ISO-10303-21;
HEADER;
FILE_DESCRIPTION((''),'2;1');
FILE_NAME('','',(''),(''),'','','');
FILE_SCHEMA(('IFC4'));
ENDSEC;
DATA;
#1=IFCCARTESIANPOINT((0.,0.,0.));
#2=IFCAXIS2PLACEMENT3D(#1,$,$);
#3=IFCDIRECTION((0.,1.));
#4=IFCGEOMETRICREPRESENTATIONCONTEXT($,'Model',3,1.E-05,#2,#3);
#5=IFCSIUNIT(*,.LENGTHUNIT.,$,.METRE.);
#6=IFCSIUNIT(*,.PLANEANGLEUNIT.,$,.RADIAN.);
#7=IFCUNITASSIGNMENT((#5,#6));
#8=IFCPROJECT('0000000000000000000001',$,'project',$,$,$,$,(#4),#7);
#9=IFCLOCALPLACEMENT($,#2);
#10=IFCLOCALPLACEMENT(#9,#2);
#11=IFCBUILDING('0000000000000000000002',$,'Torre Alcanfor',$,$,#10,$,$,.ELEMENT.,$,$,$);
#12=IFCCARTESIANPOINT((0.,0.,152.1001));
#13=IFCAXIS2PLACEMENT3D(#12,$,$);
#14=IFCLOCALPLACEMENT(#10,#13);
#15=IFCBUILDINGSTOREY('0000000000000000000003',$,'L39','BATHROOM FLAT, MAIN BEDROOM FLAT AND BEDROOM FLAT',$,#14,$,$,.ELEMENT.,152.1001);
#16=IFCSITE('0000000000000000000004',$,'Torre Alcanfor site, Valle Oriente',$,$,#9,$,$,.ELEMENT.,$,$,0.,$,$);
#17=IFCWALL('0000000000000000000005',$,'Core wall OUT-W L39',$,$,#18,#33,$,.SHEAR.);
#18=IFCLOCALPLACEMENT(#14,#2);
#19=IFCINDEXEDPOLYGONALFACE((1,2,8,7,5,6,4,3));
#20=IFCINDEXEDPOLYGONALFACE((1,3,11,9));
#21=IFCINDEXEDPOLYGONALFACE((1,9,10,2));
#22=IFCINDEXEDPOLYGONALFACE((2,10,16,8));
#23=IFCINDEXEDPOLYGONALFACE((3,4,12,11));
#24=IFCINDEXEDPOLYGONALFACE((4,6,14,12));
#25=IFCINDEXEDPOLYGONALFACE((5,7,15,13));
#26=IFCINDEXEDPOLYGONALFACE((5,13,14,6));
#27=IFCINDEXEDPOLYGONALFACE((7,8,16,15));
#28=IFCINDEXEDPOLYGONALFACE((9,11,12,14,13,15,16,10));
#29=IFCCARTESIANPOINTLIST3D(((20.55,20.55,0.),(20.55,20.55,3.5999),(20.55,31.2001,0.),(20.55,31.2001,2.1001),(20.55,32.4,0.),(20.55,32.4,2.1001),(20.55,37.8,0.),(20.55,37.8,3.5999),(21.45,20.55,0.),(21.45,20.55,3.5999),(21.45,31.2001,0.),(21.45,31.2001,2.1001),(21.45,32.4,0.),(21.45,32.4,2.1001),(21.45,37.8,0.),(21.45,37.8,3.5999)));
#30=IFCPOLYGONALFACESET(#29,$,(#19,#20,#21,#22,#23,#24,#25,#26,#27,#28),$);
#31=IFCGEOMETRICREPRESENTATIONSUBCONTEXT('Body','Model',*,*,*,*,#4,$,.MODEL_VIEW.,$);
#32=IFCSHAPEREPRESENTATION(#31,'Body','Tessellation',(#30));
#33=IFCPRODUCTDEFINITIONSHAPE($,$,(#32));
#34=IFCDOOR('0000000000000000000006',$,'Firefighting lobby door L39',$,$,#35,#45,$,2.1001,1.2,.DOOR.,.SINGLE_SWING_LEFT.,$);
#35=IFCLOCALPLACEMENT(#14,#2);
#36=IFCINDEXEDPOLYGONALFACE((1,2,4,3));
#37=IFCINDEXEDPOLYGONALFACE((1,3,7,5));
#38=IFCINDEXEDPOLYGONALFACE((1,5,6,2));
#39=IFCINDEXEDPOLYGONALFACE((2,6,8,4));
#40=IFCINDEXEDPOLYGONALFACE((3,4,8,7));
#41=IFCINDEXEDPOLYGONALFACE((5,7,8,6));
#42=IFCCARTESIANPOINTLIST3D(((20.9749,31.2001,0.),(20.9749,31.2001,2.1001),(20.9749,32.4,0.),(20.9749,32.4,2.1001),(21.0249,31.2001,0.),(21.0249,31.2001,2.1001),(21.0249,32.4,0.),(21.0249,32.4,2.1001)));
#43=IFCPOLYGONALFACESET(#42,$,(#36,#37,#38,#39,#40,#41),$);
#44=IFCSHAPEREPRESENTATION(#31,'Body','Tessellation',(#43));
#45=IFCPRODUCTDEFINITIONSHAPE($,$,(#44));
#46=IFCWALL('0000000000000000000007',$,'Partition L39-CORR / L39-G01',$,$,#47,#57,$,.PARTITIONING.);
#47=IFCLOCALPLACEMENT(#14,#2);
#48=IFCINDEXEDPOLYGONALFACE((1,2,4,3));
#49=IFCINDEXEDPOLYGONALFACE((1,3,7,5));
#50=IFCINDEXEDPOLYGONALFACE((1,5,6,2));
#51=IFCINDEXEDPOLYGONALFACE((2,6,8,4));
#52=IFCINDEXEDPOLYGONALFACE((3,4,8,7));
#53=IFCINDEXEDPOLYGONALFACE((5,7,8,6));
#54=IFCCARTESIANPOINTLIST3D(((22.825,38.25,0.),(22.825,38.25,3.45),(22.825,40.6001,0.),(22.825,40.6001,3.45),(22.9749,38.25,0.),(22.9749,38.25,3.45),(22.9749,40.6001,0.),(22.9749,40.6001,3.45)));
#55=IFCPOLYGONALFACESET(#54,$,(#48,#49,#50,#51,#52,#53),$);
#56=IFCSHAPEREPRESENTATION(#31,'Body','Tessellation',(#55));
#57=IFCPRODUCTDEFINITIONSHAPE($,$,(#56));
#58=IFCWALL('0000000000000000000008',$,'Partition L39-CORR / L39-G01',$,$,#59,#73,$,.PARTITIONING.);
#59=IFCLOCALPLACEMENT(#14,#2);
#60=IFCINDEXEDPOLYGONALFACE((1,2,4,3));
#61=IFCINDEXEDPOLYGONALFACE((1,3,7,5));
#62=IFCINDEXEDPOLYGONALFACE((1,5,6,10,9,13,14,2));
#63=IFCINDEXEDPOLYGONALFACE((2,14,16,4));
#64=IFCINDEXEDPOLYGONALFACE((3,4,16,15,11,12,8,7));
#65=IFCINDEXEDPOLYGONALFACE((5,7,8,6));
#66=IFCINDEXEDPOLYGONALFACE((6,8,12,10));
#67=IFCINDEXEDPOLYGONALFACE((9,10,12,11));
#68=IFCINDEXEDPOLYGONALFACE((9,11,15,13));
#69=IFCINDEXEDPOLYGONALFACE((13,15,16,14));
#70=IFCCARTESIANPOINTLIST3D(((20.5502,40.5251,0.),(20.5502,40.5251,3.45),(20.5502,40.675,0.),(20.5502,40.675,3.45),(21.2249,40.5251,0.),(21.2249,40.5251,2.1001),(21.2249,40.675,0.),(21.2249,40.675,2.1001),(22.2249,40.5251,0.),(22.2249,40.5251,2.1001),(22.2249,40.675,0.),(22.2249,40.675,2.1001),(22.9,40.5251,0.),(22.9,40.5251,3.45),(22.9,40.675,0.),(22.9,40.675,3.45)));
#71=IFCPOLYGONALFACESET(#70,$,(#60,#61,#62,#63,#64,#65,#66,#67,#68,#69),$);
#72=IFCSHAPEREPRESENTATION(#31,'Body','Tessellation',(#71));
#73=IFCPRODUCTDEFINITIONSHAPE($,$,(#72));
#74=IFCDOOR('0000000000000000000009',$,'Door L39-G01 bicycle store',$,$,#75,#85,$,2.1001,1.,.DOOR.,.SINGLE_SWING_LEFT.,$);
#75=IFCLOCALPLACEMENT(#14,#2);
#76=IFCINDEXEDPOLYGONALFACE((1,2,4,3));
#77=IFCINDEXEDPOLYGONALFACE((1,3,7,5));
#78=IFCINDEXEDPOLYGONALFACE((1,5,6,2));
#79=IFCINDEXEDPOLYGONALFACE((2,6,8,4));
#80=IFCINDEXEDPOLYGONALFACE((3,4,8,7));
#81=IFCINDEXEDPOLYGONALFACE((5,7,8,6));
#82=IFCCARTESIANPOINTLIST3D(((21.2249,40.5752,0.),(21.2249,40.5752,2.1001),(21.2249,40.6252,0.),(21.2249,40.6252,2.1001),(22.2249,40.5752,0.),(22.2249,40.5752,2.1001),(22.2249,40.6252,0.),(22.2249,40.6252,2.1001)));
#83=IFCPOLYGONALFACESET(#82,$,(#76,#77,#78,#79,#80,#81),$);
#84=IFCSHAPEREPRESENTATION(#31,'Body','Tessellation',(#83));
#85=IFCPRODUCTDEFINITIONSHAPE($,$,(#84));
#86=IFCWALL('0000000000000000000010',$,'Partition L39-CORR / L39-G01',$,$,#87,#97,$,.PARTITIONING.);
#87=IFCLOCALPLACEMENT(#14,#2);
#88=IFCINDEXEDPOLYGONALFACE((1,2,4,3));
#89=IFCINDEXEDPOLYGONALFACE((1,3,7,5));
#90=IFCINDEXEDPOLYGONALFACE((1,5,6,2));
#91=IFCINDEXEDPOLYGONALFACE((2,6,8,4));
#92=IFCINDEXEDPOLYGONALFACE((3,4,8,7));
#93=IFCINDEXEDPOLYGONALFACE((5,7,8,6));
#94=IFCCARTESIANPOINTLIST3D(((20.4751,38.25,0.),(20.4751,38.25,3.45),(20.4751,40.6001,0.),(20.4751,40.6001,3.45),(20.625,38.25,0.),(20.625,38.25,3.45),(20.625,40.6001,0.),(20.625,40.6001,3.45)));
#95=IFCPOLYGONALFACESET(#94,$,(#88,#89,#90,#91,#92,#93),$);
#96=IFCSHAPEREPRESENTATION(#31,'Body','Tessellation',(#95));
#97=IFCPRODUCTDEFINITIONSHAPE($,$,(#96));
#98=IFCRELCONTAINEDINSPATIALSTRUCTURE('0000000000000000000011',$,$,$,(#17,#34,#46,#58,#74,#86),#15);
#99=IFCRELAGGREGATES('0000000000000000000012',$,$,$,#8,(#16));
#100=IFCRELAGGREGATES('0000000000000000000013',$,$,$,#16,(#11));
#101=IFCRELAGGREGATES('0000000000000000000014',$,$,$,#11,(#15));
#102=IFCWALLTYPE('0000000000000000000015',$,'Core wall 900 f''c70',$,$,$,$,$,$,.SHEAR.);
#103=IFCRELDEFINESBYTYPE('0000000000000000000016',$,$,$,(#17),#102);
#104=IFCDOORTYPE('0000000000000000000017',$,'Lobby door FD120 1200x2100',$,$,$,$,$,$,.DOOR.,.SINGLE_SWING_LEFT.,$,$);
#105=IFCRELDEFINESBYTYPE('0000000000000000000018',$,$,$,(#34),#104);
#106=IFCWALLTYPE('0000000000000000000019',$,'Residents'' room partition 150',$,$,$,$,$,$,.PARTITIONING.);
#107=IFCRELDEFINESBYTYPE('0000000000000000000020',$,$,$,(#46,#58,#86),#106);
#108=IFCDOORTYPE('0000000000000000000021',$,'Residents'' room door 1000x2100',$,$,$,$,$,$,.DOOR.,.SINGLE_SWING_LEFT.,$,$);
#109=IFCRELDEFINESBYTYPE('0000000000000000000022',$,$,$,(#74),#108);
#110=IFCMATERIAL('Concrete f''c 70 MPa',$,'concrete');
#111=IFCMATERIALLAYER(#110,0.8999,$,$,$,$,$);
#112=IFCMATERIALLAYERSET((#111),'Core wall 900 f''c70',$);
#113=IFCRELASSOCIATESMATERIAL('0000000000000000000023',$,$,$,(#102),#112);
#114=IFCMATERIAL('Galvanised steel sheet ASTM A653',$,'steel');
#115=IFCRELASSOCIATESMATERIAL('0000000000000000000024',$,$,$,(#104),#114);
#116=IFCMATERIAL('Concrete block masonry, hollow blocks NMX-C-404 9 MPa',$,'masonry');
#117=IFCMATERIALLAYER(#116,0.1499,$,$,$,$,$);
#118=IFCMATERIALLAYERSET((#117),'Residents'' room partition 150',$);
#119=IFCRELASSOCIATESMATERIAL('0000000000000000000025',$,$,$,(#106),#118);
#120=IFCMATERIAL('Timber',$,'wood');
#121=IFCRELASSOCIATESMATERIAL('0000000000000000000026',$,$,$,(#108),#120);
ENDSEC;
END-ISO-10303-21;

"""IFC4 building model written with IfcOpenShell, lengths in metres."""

from ifc_helpers import new_model, si_unit, direction, frame, frame_2d, origin, place, context, subcontext, project, spatial, rectangle, extrude, material, layer, layer_set, type_object, element, fill, save


model = new_model("IFC4")

# Units and contexts
model_context = context("Model", 3, precision=1e-05, world=origin(), true_north=direction((0.0, 1.0)))
body_context = subcontext(model_context, "Body", "Model", "MODEL_VIEW")
ifc_project = project(units=[si_unit("LENGTHUNIT", "METRE"), si_unit("PLANEANGLEUNIT", "RADIAN")], contexts=[model_context])

# Site, building, storey
site_placement = place(None, origin())
site = spatial("IfcSite", under=ifc_project, at=site_placement, Name="Torre Alcanfor site, Valle Oriente", CompositionType="ELEMENT", RefElevation=0.0)
building_placement = place(site_placement, origin())
building = spatial("IfcBuilding", under=site, at=building_placement, Name="Torre Alcanfor", CompositionType="ELEMENT")
storey_placement = place(building_placement, frame((0.0, 0.0, 152.1001)))
storey = spatial("IfcBuildingStorey", under=building, at=storey_placement, Name="L39", Description="BATHROOM FLAT, MAIN BEDROOM FLAT AND BEDROOM FLAT", CompositionType="ELEMENT", Elevation=152.1001)

# Wall, opening, door
ifc_material_1 = material(Name="Concrete f'c 70 MPa", Category="concrete")
ifc_layer_1 = layer(ifc_material_1, 0.8999)
ifc_layer_set_1 = layer_set([ifc_layer_1], Name="Core wall 900 f'c70")
wall_type_1 = type_object("IfcWallType", Name="Core wall 900 f'c70", PredefinedType="SHEAR", material=ifc_layer_set_1)
wall_1_placement = place(storey_placement, frame((21.0, 37.8, 0.0), z_axis=(0.0, 0.0, 1.0), x_axis=(0.0, -1.0, 0.0)))
wall_1 = element("IfcWall", 1, at=wall_1_placement, inside=storey, type_object=wall_type_1, Name="Core wall OUT-W L39", PredefinedType="SHEAR", context=body_context, shape_type="SweptSolid", body=[
    extrude(rectangle(XDim=17.25, YDim=0.8999, at=frame_2d((8.625, 0.0))), origin(), (0.0, 0.0, 1.0), 3.5999),
])
opening_1_placement = place(wall_1_placement, frame((5.3999, 0.0, 0.0)))
opening_1 = element("IfcOpeningElement", 2, at=opening_1_placement, cuts=wall_1, PredefinedType="OPENING", context=body_context, shape_type="SweptSolid", body=[
    extrude(rectangle(XDim=1.2, YDim=2.1001, at=frame_2d((0.6001, 1.05))), frame((0.0, 0.46, 0.0), z_axis=(0.0, -1.0, 0.0), x_axis=(1.0, 0.0, 0.0)), (0.0, 0.0, 1.0), 0.9199),
])
ifc_material_2 = material(Name="Galvanised steel sheet ASTM A653", Category="steel")
door_type_1 = type_object("IfcDoorType", Name="Lobby door FD120 1200x2100", OperationType="SINGLE_SWING_LEFT", PredefinedType="DOOR", material=ifc_material_2)
door_1_placement = place(opening_1_placement, origin())
door_1 = element("IfcDoor", 3, at=door_1_placement, inside=storey, type_object=door_type_1, Name="Firefighting lobby door L39", OperationType="SINGLE_SWING_LEFT", OverallHeight=2.1001, OverallWidth=1.2, PredefinedType="DOOR", context=body_context, shape_type="SweptSolid", body=[
    extrude(rectangle(XDim=1.2, YDim=2.1001, at=frame_2d((0.6001, 1.05))), frame((0.0, 0.0249, 0.0), z_axis=(0.0, -1.0, 0.0), x_axis=(1.0, 0.0, 0.0)), (0.0, 0.0, 1.0), 0.05),
])
fill(opening_1, door_1)

# Wall
ifc_material_3 = material(Name="Concrete block masonry, hollow blocks NMX-C-404 9 MPa", Category="masonry")
ifc_layer_2 = layer(ifc_material_3, 0.1499)
ifc_layer_set_2 = layer_set([ifc_layer_2], Name="Residents' room partition 150")
wall_type_2 = type_object("IfcWallType", Name="Residents' room partition 150", PredefinedType="PARTITIONING", material=ifc_layer_set_2)
wall_2_placement = place(storey_placement, frame((22.8999, 38.25, 0.0), z_axis=(0.0, 0.0, 1.0), x_axis=(0.0, 1.0, 0.0)))
element("IfcWall", 4, at=wall_2_placement, inside=storey, type_object=wall_type_2, Name="Partition L39-CORR / L39-G01", PredefinedType="PARTITIONING", context=body_context, shape_type="SweptSolid", body=[
    extrude(rectangle(XDim=2.3501, YDim=0.1499, at=frame_2d((1.175, 0.0))), origin(), (0.0, 0.0, 1.0), 3.45),
])

# Wall, opening, door
wall_3_placement = place(storey_placement, frame((22.8999, 40.6001, 0.0), z_axis=(0.0, 0.0, 1.0), x_axis=(-1.0, 0.0, 0.0)))
wall_3 = element("IfcWall", 5, at=wall_3_placement, inside=storey, type_object=wall_type_2, Name="Partition L39-CORR / L39-G01", PredefinedType="PARTITIONING", context=body_context, shape_type="SweptSolid", body=[
    extrude(rectangle(XDim=2.3499, YDim=0.1499, at=frame_2d((1.1748, 0.0))), origin(), (0.0, 0.0, 1.0), 3.45),
])
opening_2_placement = place(wall_3_placement, frame((0.675, 0.0, 0.0)))
opening_2 = element("IfcOpeningElement", 6, at=opening_2_placement, cuts=wall_3, PredefinedType="OPENING", context=body_context, shape_type="SweptSolid", body=[
    extrude(rectangle(XDim=1.0, YDim=2.1001, at=frame_2d((0.5, 1.05))), frame((0.0, 0.085, 0.0), z_axis=(0.0, -1.0, 0.0), x_axis=(1.0, 0.0, 0.0)), (0.0, 0.0, 1.0), 0.1699),
])
ifc_material_4 = material(Name="Timber", Category="wood")
door_type_2 = type_object("IfcDoorType", Name="Residents' room door 1000x2100", OperationType="SINGLE_SWING_LEFT", PredefinedType="DOOR", material=ifc_material_4)
door_2_placement = place(opening_2_placement, origin())
door_2 = element("IfcDoor", 7, at=door_2_placement, inside=storey, type_object=door_type_2, Name="Door L39-G01 bicycle store", OperationType="SINGLE_SWING_LEFT", OverallHeight=2.1001, OverallWidth=1.0, PredefinedType="DOOR", context=body_context, shape_type="SweptSolid", body=[
    extrude(rectangle(XDim=1.0, YDim=2.1001, at=frame_2d((0.5, 1.05))), frame((0.0, 0.0249, 0.0), z_axis=(0.0, -1.0, 0.0), x_axis=(1.0, 0.0, 0.0)), (0.0, 0.0, 1.0), 0.05),
])
fill(opening_2, door_2)

# Wall
wall_4_placement = place(storey_placement, frame((20.55, 40.6001, 0.0), z_axis=(0.0, 0.0, 1.0), x_axis=(0.0, -1.0, 0.0)))
element("IfcWall", 8, at=wall_4_placement, inside=storey, type_object=wall_type_2, Name="Partition L39-CORR / L39-G01", PredefinedType="PARTITIONING", context=body_context, shape_type="SweptSolid", body=[
    extrude(rectangle(XDim=2.3501, YDim=0.1499, at=frame_2d((1.175, 0.0))), origin(), (0.0, 0.0, 1.0), 3.45),
])

save(model, "model.ifc")
